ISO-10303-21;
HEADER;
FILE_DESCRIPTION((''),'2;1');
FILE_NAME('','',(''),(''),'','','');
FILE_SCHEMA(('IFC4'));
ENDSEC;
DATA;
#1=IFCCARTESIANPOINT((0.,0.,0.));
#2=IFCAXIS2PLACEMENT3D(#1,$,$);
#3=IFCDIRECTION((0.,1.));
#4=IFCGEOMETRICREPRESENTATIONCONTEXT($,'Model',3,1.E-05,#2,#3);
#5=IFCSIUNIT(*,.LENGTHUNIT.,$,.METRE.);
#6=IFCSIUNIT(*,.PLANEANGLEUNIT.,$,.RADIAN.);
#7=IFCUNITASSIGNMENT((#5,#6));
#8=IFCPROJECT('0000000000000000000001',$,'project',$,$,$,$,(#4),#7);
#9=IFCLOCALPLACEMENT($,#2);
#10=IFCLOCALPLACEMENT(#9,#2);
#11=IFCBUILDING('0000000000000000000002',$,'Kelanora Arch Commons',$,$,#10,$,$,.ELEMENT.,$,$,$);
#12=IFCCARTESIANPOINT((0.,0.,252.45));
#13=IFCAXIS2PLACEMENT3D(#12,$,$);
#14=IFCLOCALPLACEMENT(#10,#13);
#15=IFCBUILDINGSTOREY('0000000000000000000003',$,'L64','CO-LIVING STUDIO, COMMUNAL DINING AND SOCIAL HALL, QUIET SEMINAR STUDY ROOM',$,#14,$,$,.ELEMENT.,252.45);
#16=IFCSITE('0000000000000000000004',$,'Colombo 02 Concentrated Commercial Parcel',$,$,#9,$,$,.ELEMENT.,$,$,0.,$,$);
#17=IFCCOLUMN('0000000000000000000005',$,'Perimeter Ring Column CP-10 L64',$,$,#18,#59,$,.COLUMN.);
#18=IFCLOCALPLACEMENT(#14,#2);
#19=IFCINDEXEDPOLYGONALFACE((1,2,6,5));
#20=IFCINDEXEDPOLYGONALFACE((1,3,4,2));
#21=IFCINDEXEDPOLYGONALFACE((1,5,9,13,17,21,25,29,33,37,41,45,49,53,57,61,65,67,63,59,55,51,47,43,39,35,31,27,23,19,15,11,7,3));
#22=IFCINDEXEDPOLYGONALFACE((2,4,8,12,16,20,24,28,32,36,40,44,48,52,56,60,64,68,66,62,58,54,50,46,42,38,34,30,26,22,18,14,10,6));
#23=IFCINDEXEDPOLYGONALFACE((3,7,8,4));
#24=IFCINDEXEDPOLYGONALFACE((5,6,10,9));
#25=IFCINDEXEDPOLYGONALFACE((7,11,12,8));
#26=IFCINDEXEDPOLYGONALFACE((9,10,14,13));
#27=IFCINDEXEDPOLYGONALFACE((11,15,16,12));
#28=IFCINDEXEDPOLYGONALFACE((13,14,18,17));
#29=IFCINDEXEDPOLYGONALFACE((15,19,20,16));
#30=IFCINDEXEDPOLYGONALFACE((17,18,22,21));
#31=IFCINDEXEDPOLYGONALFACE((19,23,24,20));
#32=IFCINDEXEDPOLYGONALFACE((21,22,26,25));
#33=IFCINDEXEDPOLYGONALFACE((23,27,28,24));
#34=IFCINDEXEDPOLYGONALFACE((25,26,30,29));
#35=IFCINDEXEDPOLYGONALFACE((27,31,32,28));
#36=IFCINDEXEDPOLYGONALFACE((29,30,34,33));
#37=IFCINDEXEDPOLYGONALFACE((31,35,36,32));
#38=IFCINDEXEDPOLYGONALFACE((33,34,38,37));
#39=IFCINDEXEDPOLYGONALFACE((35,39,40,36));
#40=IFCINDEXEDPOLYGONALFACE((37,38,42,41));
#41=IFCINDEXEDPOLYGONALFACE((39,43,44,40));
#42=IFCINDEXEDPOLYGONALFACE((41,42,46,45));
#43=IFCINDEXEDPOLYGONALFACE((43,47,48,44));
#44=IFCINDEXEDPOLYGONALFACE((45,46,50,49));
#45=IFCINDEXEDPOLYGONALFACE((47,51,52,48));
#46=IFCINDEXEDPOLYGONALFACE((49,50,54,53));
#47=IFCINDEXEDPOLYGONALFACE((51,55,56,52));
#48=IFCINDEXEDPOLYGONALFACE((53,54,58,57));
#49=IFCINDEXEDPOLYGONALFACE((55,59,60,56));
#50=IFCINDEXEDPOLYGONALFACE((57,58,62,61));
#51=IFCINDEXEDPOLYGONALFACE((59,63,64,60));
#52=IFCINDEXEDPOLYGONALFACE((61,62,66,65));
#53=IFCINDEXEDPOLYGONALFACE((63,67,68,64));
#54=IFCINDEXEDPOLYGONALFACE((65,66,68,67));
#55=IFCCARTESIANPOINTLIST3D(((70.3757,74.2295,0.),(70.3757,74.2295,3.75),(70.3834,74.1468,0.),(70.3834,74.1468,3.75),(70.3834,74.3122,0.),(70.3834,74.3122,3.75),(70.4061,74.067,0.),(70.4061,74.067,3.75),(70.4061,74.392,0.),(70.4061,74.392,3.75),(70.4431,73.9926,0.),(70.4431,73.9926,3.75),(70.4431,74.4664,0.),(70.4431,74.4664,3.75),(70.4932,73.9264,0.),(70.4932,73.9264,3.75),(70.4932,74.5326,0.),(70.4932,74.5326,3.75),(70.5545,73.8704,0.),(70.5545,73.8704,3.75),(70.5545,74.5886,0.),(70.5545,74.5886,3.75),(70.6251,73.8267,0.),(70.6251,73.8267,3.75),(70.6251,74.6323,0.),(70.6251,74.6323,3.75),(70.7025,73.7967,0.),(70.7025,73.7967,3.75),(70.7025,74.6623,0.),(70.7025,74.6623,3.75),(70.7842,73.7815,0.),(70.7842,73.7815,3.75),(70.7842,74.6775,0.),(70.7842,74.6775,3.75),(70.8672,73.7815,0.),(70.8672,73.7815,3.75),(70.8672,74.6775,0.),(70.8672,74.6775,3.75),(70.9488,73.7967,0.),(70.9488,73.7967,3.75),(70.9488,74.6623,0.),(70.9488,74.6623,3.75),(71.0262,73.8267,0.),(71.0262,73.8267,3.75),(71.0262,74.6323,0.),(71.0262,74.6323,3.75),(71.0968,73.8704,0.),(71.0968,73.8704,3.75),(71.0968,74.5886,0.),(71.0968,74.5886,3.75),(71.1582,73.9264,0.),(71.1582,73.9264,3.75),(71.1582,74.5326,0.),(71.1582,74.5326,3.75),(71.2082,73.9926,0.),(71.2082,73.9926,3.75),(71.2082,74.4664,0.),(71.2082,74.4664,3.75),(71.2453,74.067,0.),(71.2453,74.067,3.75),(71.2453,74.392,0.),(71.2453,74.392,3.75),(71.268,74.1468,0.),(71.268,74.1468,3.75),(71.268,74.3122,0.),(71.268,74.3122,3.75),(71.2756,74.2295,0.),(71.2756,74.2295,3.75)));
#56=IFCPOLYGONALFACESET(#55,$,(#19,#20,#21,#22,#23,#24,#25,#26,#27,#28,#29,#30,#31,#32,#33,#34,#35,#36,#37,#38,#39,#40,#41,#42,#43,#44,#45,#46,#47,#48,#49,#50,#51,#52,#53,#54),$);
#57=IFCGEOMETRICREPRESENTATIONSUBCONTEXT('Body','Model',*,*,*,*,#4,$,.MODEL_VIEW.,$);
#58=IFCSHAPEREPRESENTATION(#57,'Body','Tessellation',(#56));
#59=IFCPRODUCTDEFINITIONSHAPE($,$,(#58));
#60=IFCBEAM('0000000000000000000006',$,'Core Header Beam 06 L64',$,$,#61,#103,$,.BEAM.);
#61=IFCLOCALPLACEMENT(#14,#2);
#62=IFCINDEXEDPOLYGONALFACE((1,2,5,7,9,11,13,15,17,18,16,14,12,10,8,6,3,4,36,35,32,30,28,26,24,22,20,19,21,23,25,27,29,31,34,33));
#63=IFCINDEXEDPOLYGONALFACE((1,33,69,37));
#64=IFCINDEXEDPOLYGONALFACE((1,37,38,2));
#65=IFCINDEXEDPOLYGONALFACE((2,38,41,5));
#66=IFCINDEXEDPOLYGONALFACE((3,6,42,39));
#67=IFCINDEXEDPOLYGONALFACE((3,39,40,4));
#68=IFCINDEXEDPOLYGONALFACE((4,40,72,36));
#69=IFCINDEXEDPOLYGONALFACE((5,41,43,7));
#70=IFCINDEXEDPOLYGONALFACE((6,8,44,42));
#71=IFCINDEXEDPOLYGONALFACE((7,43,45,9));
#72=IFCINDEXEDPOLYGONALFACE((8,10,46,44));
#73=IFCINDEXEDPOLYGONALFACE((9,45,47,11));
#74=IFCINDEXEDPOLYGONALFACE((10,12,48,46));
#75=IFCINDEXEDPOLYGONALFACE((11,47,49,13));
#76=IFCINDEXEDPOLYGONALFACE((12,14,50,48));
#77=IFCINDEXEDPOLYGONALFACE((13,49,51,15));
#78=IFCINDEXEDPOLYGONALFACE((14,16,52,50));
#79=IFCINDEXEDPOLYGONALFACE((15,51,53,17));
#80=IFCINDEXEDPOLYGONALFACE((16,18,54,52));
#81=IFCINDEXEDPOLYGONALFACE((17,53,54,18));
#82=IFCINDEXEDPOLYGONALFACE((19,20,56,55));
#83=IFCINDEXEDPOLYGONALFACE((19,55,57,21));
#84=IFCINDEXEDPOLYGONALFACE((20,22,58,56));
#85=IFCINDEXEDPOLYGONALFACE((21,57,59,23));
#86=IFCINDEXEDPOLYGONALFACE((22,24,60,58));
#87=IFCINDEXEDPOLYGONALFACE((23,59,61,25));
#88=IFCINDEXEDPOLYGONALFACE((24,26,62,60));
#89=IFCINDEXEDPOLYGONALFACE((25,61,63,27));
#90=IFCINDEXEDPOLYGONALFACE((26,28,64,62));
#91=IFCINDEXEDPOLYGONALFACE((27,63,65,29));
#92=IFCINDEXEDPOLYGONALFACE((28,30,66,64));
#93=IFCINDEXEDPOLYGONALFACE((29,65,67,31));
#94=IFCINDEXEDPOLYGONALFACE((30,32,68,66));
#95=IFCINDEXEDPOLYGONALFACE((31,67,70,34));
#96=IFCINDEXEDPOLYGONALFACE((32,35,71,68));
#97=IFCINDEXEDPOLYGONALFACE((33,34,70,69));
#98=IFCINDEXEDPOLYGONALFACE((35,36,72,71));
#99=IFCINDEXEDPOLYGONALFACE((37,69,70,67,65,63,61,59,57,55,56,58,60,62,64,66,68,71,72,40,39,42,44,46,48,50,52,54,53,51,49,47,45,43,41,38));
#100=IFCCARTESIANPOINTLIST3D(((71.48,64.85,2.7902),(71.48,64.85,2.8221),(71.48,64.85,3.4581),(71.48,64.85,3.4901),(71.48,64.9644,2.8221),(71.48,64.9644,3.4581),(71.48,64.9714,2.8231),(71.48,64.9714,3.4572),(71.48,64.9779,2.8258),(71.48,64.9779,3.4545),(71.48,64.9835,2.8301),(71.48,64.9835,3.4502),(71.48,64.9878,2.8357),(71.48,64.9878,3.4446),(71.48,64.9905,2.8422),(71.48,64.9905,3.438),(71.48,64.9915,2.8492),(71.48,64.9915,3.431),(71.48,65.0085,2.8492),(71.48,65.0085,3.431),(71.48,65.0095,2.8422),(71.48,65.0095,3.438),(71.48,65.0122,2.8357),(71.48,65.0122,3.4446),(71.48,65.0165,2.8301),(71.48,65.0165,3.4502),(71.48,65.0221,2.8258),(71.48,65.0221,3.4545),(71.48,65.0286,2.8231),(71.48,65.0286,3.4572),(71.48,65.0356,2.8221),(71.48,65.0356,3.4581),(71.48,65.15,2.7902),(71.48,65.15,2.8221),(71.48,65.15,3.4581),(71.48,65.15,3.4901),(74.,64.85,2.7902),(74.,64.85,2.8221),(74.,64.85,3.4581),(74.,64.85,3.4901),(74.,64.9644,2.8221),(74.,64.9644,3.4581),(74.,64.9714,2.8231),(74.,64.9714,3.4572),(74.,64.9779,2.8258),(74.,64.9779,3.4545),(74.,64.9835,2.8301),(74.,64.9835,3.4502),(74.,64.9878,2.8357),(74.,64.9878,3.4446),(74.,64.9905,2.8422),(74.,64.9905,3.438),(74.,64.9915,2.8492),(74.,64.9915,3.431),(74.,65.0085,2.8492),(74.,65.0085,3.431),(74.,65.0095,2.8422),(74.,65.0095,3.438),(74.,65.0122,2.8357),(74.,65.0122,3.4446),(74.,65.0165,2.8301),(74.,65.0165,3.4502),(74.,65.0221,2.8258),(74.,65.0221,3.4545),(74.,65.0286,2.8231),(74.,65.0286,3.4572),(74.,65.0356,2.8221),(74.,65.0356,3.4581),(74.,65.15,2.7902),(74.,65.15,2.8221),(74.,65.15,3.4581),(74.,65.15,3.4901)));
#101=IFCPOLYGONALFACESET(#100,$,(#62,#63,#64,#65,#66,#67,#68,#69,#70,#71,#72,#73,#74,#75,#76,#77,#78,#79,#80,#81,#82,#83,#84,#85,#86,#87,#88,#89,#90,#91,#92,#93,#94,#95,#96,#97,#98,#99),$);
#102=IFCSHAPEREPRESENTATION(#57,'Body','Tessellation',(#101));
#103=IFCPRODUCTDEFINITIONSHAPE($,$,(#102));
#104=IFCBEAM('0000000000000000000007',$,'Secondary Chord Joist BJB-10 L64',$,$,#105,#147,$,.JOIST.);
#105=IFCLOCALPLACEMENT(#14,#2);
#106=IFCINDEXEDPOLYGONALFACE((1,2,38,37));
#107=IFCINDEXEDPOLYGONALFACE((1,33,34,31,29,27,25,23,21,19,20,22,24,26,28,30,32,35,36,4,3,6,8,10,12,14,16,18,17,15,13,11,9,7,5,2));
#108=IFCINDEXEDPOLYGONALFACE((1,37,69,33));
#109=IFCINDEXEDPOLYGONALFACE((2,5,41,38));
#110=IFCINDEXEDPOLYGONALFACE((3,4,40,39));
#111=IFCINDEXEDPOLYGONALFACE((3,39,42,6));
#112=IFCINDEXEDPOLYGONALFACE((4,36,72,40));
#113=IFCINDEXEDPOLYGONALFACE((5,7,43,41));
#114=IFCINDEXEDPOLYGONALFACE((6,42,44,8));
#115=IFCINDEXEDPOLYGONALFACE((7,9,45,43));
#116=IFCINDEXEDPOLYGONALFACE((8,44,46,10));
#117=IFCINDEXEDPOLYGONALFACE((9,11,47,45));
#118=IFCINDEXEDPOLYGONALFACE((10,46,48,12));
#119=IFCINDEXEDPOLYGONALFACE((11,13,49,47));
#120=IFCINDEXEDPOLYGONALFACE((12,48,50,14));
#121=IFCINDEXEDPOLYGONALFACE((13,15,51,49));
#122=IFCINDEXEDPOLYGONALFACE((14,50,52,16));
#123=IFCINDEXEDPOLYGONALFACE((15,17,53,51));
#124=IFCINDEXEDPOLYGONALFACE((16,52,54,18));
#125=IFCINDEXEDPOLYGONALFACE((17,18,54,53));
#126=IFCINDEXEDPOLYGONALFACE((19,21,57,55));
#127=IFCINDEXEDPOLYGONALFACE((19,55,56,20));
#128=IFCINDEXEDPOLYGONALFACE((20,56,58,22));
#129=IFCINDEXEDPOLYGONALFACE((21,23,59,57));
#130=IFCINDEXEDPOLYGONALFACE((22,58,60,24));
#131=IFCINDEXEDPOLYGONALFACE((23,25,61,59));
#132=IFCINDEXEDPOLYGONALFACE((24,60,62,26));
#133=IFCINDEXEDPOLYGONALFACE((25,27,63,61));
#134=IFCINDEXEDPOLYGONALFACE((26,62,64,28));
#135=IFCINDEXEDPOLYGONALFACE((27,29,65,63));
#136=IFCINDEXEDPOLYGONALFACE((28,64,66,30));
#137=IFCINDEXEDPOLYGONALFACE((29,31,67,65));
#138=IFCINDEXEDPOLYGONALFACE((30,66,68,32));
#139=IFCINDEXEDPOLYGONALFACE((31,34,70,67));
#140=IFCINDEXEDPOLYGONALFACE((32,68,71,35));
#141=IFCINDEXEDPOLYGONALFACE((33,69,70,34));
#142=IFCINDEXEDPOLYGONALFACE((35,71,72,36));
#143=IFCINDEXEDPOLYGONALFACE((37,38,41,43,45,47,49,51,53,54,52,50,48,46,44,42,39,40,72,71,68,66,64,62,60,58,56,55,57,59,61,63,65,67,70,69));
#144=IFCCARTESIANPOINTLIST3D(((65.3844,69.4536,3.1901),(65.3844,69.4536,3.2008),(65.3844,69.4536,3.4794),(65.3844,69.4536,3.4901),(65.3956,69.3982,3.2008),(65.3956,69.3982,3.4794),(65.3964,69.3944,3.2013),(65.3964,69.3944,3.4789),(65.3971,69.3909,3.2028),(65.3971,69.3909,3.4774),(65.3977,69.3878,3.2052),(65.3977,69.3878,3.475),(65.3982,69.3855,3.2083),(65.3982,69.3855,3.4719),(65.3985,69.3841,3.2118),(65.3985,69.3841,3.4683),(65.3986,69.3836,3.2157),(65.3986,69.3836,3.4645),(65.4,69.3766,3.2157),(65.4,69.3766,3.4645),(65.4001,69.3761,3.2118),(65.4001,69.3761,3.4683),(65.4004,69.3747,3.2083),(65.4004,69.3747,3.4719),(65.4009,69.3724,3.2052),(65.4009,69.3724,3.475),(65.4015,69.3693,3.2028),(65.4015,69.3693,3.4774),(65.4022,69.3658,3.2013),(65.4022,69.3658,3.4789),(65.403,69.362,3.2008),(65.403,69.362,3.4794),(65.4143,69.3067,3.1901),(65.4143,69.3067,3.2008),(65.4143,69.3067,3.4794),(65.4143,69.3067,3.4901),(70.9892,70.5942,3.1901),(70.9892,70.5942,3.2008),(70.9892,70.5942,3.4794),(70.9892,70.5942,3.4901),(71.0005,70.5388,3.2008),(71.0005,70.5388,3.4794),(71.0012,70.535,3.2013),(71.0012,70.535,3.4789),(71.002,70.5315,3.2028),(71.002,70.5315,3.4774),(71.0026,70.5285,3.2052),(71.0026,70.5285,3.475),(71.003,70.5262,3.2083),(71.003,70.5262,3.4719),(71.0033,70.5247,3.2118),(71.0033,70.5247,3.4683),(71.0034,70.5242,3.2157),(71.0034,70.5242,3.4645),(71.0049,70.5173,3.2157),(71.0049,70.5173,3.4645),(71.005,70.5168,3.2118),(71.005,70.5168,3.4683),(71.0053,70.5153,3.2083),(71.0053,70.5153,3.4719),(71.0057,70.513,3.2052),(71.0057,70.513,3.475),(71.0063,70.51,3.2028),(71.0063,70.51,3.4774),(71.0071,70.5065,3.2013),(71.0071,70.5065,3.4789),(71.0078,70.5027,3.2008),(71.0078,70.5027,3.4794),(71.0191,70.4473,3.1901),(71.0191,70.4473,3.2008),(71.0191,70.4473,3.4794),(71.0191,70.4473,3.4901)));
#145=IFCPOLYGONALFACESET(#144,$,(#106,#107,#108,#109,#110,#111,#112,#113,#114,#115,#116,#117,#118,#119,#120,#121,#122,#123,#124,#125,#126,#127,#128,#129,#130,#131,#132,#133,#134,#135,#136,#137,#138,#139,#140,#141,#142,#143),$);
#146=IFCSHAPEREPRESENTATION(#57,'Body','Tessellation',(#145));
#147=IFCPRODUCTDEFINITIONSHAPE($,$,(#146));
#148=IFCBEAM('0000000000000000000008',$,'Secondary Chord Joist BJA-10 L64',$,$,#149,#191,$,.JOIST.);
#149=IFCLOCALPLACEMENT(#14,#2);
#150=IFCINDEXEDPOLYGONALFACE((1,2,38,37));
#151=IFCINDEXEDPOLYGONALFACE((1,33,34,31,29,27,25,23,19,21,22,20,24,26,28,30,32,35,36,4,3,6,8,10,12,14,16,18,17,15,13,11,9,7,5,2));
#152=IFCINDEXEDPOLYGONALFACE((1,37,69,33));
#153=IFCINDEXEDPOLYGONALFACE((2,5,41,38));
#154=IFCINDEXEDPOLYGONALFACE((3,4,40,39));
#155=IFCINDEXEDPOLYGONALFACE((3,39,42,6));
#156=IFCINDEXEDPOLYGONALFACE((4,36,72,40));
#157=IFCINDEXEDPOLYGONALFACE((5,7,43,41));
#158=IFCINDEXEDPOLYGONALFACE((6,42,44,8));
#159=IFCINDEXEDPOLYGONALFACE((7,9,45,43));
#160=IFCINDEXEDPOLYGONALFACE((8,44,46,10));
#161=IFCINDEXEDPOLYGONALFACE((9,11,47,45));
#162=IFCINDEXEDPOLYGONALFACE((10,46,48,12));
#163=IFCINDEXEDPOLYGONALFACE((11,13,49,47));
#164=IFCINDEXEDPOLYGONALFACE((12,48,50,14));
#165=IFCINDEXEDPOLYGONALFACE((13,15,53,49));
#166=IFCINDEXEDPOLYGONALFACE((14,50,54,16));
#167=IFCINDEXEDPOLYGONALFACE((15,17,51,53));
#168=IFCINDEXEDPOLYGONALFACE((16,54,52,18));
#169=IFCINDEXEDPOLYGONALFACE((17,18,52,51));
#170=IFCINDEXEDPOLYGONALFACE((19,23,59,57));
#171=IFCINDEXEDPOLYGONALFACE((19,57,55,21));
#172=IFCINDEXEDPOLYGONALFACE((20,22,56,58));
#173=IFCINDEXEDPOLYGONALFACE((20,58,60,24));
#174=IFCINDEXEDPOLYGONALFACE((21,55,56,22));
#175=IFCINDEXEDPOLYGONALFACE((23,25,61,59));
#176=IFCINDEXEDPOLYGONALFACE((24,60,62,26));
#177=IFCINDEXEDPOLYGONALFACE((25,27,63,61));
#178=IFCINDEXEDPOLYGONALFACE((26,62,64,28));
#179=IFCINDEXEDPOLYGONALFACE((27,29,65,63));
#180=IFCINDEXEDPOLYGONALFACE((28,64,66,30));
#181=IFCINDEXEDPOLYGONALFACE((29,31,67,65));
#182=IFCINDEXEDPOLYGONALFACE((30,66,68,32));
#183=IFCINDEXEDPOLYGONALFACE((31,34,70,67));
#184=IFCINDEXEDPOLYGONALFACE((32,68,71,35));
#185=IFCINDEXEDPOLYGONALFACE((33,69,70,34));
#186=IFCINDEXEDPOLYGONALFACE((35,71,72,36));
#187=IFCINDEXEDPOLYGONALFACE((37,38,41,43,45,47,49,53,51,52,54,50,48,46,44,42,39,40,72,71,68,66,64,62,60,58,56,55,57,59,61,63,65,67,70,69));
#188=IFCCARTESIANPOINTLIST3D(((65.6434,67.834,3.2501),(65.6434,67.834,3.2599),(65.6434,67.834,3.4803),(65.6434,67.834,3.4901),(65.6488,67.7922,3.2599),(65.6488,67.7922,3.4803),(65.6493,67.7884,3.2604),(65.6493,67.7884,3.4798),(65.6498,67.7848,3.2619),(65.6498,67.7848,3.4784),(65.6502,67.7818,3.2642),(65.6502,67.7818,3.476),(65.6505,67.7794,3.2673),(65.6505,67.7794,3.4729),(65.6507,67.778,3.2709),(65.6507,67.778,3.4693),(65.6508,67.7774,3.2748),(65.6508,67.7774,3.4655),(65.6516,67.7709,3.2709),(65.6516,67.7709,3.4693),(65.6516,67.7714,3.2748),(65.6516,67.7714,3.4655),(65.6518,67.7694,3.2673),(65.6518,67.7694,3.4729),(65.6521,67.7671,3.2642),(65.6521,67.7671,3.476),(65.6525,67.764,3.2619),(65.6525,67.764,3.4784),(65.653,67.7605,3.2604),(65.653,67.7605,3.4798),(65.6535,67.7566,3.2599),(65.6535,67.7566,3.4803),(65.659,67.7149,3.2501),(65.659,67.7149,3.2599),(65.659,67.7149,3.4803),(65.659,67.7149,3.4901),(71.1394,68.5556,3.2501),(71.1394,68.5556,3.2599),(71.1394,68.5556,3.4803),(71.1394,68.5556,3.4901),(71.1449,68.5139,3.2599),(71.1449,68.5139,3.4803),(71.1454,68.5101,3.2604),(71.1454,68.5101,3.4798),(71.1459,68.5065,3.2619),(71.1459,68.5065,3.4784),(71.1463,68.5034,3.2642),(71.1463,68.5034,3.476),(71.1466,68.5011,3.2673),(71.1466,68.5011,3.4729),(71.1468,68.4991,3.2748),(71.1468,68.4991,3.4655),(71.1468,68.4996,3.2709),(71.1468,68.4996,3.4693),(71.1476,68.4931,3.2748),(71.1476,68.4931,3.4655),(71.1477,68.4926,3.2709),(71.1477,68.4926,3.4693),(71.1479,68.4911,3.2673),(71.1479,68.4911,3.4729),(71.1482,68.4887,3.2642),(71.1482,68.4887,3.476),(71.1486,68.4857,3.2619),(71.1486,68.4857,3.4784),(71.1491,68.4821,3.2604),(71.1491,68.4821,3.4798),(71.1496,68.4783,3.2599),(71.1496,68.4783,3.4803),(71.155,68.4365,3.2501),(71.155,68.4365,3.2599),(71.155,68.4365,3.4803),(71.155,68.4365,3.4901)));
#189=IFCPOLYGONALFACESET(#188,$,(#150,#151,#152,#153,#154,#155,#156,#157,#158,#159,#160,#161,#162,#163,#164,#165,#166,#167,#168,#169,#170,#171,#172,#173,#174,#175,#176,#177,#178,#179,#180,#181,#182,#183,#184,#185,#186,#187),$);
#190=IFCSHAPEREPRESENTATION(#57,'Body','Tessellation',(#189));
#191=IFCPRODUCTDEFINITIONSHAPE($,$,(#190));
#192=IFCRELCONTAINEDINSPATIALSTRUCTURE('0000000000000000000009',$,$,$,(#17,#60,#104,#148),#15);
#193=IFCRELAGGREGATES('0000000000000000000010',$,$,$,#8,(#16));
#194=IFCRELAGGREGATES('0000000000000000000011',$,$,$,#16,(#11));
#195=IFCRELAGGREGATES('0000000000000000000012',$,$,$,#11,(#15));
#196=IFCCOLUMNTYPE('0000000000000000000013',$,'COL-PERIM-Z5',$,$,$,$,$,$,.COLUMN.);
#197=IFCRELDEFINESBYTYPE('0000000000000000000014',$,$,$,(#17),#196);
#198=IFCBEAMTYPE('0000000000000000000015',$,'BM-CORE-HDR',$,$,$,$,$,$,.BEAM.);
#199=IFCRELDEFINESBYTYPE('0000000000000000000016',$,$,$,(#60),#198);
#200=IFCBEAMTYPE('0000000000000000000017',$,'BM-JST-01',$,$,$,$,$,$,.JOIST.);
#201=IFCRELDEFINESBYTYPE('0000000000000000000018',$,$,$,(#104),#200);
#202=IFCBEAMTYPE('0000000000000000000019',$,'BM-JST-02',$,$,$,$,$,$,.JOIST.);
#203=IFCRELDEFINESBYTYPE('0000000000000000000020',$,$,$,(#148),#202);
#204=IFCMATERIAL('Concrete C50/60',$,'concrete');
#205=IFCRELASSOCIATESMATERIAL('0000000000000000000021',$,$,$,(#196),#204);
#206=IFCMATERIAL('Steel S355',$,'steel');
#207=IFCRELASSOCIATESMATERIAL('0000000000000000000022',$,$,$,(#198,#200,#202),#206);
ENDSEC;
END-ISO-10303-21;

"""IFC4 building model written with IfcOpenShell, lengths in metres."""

from ifc_helpers import new_model, si_unit, direction, frame, origin, origin_2d, place, context, subcontext, project, spatial, circle, i_section, extrude, material, material_profile, profile_set, type_object, element, save


model = new_model("IFC4")

# Units and contexts
model_context = context("Model", 3, precision=1e-05, world=origin(), true_north=direction((0.0, 1.0)))
body_context = subcontext(model_context, "Body", "Model", "MODEL_VIEW")
ifc_project = project(units=[si_unit("LENGTHUNIT", "METRE"), si_unit("PLANEANGLEUNIT", "RADIAN")], contexts=[model_context])

# Site, building, storey
site_placement = place(None, origin())
site = spatial("IfcSite", under=ifc_project, at=site_placement, Name="Colombo 02 Concentrated Commercial Parcel", CompositionType="ELEMENT", RefElevation=0.0)
building_placement = place(site_placement, origin())
building = spatial("IfcBuilding", under=site, at=building_placement, Name="Kelanora Arch Commons", CompositionType="ELEMENT")
storey_placement = place(building_placement, frame((0.0, 0.0, 252.45)))
storey = spatial("IfcBuildingStorey", under=building, at=storey_placement, Name="L64", Description="CO-LIVING STUDIO, COMMUNAL DINING AND SOCIAL HALL, QUIET SEMINAR STUDY ROOM", CompositionType="ELEMENT", Elevation=252.45)

# Column
ifc_material_1 = material(Name="Concrete C50/60", Category="concrete")
ifc_material_profile_1 = material_profile(ifc_material_1, circle(Radius=0.45, at=origin_2d()), Name="RCC900")
ifc_profile_set_1 = profile_set([ifc_material_profile_1], Name="Concrete C50/60")
column_type = type_object("IfcColumnType", Name="COL-PERIM-Z5", PredefinedType="COLUMN", material=ifc_profile_set_1)
column_placement = place(storey_placement, frame((70.8257, 74.2295, 0.0), z_axis=(0.0, 0.0, 1.0), x_axis=(1.0, 0.0, 0.0)))
element("IfcColumn", 1, at=column_placement, inside=storey, type_object=column_type, Name="Perimeter Ring Column CP-10 L64", PredefinedType="COLUMN", context=body_context, shape_type="SweptSolid", body=[
    extrude(circle(Radius=0.45, at=origin_2d()), origin(), (0.0, 0.0, 1.0), 3.75),
])

# Beams
ifc_material_2 = material(Name="Steel S355", Category="steel")
ifc_material_profile_2 = material_profile(ifc_material_2, i_section(OverallWidth=0.3, OverallDepth=0.7, WebThickness=0.0171, FlangeThickness=0.032, FilletRadius=0.0271, at=origin_2d()), Name="HEB700")
ifc_profile_set_2 = profile_set([ifc_material_profile_2], Name="Steel S355")
beam_type_1 = type_object("IfcBeamType", Name="BM-CORE-HDR", PredefinedType="BEAM", material=ifc_profile_set_2)
beam_1_placement = place(storey_placement, frame((74.0, 65.0, 3.1401), z_axis=(-1.0, 0.0, 0.0), x_axis=(0.0, -1.0, 0.0)))
element("IfcBeam", 2, at=beam_1_placement, inside=storey, type_object=beam_type_1, Name="Core Header Beam 06 L64", PredefinedType="BEAM", context=body_context, shape_type="SweptSolid", body=[
    extrude(i_section(OverallWidth=0.3, OverallDepth=0.7, WebThickness=0.0171, FlangeThickness=0.032, FilletRadius=0.0271, at=origin_2d()), origin(), (0.0, 0.0, 1.0), 2.52),
])
ifc_material_profile_3 = material_profile(ifc_material_2, i_section(OverallWidth=0.1499, OverallDepth=0.3, WebThickness=0.0071, FlangeThickness=0.0107, FilletRadius=0.0149, at=origin_2d()), Name="IPE300")
ifc_profile_set_3 = profile_set([ifc_material_profile_3], Name="Steel S355")
beam_type_2 = type_object("IfcBeamType", Name="BM-JST-01", PredefinedType="JOIST", material=ifc_profile_set_3)
beam_2_placement = place(storey_placement, frame((71.0042, 70.5208, 3.3401), z_axis=(-0.979913, -0.199423, 0.0), x_axis=(0.199423, -0.979913, 0.0)))
element("IfcBeam", 3, at=beam_2_placement, inside=storey, type_object=beam_type_2, Name="Secondary Chord Joist BJB-10 L64", PredefinedType="JOIST", context=body_context, shape_type="SweptSolid", body=[
    extrude(i_section(OverallWidth=0.1499, OverallDepth=0.3, WebThickness=0.0071, FlangeThickness=0.0107, FilletRadius=0.0149, at=origin_2d()), origin(), (0.0, 0.0, 1.0), 5.7197),
])
ifc_material_profile_4 = material_profile(ifc_material_2, i_section(OverallWidth=0.1201, OverallDepth=0.24, WebThickness=0.0061, FlangeThickness=0.0098, FilletRadius=0.0149, at=origin_2d()), Name="IPE240")
ifc_profile_set_4 = profile_set([ifc_material_profile_4], Name="Steel S355")
beam_type_3 = type_object("IfcBeamType", Name="BM-JST-02", PredefinedType="JOIST", material=ifc_profile_set_4)
beam_3_placement = place(storey_placement, frame((71.1472, 68.4961, 3.3701), z_axis=(-0.991489, -0.13019, 0.0), x_axis=(0.13019, -0.991489, 0.0)))
element("IfcBeam", 4, at=beam_3_placement, inside=storey, type_object=beam_type_3, Name="Secondary Chord Joist BJA-10 L64", PredefinedType="JOIST", context=body_context, shape_type="SweptSolid", body=[
    extrude(i_section(OverallWidth=0.1201, OverallDepth=0.24, WebThickness=0.0061, FlangeThickness=0.0098, FilletRadius=0.0149, at=origin_2d()), origin(), (0.0, 0.0, 1.0), 5.5432),
])

save(model, "model.ifc")
